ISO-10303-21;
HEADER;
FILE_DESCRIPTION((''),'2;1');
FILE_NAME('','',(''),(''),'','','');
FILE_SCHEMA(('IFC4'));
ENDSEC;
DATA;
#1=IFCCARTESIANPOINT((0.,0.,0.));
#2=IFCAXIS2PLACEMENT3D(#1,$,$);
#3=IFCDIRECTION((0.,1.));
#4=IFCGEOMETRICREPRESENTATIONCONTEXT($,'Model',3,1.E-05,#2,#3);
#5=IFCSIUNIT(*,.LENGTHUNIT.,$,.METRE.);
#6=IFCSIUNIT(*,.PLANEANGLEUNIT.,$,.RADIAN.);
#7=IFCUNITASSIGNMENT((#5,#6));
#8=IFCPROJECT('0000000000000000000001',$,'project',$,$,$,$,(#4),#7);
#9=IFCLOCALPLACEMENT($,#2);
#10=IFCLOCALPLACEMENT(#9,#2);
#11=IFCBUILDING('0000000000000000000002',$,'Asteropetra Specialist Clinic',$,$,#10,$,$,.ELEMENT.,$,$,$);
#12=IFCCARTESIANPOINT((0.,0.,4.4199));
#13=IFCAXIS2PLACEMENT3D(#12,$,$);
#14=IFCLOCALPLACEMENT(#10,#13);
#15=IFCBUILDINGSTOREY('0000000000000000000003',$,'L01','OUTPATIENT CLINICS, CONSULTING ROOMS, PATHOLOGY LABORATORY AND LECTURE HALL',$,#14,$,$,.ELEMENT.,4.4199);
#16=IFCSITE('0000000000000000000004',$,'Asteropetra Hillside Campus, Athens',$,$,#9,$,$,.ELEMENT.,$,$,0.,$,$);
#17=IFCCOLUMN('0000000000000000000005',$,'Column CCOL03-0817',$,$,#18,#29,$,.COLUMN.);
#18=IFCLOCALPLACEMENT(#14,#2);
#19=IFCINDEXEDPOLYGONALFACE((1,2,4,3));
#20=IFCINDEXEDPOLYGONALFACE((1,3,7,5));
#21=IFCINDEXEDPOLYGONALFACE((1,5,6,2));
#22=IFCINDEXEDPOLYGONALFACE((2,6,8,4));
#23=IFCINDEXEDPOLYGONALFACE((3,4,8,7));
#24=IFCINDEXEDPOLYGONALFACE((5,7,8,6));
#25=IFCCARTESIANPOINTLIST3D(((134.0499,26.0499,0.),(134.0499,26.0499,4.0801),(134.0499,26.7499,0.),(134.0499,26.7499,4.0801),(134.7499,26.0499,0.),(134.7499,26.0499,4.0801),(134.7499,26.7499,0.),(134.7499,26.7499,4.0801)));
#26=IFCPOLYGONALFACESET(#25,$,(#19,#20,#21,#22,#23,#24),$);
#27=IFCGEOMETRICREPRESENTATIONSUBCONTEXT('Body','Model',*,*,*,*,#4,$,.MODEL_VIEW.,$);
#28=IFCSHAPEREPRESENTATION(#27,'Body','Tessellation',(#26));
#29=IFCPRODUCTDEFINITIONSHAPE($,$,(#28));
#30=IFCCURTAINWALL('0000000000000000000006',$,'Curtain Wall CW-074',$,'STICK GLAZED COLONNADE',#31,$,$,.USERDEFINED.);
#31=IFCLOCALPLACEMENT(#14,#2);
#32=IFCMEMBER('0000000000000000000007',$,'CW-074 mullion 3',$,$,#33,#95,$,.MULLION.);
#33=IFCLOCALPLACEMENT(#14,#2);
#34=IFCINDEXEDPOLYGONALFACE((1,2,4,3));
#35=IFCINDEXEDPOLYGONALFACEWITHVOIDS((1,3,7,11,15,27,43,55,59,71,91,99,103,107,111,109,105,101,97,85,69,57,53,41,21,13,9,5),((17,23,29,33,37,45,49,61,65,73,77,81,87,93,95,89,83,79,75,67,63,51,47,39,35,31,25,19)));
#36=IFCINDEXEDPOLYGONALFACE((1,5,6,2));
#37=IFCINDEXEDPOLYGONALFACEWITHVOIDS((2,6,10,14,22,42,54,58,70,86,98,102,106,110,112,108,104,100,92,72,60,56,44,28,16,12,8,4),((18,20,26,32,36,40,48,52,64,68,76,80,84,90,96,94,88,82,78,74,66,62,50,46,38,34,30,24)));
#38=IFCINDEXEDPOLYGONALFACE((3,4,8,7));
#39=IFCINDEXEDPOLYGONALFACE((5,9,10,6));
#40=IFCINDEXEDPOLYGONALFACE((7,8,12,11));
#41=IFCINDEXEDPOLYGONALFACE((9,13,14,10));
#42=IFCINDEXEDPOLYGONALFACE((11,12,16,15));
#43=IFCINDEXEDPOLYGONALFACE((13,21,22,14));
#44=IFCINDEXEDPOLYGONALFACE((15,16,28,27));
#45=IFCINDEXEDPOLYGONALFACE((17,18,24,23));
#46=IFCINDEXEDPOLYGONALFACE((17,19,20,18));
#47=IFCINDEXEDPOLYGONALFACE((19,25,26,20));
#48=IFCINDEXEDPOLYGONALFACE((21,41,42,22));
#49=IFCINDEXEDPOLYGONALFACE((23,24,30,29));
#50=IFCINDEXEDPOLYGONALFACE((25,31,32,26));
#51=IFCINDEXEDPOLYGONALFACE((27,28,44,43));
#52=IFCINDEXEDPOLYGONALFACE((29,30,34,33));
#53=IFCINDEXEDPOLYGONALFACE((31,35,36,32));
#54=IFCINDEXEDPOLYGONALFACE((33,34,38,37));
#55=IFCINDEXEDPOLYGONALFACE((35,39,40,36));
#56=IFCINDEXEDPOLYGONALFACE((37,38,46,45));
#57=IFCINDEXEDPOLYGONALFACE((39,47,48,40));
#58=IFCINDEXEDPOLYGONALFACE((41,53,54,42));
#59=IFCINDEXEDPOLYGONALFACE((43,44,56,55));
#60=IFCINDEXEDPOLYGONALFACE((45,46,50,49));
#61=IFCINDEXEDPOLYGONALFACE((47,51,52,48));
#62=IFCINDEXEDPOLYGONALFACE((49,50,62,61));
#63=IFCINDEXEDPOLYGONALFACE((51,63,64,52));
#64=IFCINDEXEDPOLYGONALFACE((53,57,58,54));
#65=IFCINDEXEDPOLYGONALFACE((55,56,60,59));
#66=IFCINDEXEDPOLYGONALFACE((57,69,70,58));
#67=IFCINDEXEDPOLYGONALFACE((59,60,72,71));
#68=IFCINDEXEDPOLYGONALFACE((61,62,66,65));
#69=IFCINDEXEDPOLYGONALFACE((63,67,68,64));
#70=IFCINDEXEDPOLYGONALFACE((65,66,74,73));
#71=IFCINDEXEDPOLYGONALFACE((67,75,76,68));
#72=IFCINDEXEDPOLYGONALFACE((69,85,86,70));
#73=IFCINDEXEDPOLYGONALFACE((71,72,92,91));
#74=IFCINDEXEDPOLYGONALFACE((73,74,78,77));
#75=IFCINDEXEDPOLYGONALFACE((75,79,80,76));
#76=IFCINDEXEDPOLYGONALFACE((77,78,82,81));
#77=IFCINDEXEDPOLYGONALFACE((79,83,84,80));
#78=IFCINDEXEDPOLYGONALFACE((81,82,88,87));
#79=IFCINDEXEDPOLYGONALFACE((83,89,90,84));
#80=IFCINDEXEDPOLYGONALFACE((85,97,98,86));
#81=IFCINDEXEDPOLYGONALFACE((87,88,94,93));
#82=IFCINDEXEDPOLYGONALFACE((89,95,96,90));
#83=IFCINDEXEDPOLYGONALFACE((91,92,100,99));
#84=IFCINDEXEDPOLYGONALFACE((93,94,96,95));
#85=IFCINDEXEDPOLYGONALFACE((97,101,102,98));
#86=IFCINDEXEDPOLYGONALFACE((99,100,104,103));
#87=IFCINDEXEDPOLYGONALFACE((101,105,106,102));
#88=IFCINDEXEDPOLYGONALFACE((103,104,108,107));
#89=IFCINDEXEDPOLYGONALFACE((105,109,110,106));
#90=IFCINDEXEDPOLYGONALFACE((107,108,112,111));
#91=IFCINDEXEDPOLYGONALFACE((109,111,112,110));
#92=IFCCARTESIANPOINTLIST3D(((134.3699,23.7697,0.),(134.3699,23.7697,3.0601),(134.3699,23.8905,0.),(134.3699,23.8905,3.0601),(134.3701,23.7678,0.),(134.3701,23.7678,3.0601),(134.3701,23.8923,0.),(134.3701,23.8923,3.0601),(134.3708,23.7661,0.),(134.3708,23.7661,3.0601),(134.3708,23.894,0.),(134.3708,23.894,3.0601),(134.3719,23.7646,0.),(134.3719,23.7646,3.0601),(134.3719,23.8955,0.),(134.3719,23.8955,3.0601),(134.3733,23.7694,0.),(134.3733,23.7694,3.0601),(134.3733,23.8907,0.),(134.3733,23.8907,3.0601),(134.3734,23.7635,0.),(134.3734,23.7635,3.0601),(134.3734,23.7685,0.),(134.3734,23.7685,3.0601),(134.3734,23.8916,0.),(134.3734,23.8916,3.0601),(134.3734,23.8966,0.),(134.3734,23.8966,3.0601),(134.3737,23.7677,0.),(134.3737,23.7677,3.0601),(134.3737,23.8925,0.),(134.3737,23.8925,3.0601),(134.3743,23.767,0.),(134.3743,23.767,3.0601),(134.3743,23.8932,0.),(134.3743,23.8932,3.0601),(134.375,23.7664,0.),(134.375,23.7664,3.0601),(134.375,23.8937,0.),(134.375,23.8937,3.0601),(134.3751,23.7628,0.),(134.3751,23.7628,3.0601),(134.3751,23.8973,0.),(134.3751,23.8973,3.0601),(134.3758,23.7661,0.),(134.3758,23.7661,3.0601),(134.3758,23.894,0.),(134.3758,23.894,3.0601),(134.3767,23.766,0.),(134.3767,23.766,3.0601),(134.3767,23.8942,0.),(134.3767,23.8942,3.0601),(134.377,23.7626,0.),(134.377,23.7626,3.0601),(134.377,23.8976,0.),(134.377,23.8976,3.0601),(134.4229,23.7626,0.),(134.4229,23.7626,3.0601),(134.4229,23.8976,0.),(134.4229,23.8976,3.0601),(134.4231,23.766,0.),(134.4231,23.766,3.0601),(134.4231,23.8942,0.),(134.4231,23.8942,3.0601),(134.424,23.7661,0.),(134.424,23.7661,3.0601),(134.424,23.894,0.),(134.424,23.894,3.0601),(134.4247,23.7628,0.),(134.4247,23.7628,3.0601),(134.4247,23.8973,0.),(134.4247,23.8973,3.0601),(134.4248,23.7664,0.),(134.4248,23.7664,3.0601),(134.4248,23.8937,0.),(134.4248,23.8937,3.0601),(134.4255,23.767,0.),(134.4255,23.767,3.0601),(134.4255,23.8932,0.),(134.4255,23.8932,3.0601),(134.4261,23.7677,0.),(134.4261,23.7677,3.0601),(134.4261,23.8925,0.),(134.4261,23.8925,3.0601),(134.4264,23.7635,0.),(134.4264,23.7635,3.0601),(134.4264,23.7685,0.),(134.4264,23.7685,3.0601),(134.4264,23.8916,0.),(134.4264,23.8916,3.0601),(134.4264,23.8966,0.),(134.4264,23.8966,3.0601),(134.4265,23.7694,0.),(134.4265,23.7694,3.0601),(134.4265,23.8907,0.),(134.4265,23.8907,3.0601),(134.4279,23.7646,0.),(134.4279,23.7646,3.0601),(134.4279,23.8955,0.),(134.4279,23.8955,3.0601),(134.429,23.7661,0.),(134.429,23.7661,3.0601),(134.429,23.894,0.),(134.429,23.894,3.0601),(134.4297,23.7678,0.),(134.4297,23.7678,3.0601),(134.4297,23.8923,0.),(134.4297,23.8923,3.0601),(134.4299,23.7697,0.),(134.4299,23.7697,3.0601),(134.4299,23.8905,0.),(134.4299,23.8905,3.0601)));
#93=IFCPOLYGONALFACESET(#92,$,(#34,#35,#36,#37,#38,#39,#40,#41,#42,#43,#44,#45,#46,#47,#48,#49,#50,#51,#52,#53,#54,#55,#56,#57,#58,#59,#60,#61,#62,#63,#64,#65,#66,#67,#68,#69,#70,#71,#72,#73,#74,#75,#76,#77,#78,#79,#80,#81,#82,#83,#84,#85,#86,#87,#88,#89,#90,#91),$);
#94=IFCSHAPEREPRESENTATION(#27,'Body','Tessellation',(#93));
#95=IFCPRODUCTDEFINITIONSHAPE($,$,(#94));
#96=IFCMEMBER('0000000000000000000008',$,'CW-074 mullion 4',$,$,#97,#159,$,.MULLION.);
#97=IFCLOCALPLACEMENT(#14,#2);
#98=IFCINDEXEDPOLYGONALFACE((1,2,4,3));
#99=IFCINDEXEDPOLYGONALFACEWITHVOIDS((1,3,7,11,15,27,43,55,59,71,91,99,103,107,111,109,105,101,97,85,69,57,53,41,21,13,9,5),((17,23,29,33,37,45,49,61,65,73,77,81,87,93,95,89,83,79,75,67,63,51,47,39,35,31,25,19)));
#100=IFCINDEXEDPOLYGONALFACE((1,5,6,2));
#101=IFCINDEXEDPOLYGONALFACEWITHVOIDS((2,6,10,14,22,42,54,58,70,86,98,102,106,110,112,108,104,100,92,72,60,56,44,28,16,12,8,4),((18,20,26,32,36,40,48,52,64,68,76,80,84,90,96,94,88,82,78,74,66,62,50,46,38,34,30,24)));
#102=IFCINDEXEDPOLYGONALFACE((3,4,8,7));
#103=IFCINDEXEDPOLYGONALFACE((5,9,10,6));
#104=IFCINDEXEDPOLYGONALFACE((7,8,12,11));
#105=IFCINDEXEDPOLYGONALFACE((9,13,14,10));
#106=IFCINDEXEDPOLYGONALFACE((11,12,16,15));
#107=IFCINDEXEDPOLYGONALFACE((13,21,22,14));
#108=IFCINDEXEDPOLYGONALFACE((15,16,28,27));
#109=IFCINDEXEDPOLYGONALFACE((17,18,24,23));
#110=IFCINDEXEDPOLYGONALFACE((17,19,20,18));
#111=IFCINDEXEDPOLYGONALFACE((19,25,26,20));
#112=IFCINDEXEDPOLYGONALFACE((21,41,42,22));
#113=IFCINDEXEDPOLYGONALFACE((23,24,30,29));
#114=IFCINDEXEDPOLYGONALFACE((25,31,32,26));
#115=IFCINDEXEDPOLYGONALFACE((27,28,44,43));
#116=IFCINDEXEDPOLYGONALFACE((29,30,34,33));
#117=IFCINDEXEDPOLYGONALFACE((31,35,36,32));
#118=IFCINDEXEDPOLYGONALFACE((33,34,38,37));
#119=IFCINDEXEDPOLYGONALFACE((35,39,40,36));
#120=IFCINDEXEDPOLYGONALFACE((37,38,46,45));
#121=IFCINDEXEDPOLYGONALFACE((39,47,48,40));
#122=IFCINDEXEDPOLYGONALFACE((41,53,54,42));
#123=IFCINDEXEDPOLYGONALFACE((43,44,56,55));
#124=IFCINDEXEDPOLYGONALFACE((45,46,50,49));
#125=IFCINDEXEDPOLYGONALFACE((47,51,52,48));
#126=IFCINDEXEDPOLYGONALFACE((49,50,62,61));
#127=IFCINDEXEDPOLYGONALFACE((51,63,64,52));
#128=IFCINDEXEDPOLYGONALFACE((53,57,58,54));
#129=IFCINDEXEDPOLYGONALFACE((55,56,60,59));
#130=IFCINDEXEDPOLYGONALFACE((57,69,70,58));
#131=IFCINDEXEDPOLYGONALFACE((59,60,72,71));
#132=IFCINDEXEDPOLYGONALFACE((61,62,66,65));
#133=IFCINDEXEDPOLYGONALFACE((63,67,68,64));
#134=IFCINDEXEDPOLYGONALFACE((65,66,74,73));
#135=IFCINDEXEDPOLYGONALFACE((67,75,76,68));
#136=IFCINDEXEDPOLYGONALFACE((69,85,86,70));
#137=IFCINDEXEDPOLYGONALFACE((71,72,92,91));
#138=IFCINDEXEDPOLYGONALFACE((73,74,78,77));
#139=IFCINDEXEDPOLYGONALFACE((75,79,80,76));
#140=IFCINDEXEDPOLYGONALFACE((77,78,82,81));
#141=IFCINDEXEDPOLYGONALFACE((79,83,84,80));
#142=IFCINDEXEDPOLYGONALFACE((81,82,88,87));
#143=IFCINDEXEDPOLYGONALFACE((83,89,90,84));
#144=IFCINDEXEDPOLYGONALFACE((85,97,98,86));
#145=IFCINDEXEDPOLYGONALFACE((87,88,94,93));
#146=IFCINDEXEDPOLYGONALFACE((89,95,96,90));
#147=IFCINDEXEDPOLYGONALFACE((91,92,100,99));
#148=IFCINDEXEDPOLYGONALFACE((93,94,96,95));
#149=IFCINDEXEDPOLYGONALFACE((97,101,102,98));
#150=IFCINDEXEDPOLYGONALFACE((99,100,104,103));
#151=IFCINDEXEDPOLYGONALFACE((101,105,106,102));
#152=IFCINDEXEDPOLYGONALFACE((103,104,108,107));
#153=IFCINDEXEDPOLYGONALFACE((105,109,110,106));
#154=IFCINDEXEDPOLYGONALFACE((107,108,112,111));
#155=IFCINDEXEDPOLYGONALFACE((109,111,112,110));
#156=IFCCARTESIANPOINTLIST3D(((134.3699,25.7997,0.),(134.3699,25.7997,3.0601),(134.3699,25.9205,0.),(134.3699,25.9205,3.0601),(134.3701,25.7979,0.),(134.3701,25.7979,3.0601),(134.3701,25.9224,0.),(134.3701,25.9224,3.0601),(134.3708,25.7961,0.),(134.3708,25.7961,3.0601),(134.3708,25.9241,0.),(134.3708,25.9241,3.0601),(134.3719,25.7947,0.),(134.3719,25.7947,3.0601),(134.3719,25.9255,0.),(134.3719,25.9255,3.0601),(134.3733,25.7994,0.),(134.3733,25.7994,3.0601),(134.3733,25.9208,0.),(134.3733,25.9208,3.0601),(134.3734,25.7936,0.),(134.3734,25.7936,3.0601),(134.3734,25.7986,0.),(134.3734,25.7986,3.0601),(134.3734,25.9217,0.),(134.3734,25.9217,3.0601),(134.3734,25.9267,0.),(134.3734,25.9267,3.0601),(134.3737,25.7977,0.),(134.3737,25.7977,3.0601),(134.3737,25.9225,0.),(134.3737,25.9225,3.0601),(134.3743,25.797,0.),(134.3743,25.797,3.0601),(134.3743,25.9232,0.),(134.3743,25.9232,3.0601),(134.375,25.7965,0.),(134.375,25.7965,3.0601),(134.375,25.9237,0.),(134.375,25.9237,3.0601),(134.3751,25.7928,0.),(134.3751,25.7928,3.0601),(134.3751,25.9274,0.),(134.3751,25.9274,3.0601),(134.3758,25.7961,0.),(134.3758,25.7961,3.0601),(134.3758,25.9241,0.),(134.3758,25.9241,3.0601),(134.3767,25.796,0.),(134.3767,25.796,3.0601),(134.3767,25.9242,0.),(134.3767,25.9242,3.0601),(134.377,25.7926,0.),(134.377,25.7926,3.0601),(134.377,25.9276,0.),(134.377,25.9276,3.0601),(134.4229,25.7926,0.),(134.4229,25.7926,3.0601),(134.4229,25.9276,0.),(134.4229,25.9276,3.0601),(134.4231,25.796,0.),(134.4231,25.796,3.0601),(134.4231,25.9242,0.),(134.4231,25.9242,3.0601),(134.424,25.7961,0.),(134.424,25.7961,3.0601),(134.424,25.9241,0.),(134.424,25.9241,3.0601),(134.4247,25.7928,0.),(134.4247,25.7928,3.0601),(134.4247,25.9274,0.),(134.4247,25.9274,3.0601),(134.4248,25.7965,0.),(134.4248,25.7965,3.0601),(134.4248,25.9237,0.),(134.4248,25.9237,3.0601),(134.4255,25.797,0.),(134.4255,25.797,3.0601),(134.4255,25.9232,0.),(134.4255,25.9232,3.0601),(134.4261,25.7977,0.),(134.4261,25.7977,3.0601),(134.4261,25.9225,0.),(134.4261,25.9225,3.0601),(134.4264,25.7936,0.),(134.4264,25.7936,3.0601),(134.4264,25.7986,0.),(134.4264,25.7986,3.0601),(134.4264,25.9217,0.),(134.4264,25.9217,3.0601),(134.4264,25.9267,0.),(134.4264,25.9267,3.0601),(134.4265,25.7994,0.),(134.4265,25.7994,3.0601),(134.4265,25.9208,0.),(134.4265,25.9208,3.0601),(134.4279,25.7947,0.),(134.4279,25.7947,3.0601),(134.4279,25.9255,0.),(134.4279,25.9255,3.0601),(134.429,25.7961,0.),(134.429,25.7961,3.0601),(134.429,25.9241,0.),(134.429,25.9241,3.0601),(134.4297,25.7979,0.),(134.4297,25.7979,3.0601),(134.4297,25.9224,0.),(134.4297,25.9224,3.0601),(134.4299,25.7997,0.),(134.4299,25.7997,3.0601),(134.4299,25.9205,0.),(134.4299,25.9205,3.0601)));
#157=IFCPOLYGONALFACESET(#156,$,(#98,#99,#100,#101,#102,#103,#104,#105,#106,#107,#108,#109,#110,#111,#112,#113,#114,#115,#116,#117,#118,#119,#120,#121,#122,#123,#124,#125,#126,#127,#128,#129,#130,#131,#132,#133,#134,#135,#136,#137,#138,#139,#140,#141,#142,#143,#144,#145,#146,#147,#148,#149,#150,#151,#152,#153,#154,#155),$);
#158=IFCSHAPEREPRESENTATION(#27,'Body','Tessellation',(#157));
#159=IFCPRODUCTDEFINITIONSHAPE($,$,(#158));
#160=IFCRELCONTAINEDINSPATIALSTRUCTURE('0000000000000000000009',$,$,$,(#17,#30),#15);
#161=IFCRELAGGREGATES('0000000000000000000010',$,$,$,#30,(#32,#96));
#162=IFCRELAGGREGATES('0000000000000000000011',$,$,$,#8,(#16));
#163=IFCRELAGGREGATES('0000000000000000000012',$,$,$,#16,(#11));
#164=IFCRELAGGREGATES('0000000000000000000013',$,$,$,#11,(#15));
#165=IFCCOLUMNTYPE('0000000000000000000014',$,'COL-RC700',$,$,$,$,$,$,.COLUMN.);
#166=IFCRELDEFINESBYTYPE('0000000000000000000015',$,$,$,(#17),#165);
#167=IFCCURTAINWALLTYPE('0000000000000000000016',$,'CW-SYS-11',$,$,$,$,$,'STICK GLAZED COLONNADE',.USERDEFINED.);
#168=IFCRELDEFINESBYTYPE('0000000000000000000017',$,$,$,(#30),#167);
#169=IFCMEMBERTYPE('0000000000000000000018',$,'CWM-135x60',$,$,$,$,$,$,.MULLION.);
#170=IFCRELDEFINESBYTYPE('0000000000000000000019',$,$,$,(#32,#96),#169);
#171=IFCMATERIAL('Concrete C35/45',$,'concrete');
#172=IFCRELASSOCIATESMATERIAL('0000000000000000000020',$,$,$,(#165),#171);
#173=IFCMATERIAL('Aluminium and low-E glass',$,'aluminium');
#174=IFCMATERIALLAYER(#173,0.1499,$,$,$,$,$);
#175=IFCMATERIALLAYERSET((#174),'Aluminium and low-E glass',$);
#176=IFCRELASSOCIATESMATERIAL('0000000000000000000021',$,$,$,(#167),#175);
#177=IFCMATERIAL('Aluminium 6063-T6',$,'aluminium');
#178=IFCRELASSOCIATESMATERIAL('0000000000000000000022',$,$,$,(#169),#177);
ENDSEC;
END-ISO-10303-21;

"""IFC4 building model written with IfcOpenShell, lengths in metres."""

from ifc_helpers import new_model, si_unit, direction, frame, origin, origin_2d, place, context, subcontext, project, spatial, rectangle, hollow_rectangle, extrude, material, layer, layer_set, material_profile, profile_set, type_object, element, aggregate, save


model = new_model("IFC4")

# Units and contexts
model_context = context("Model", 3, precision=1e-05, world=origin(), true_north=direction((0.0, 1.0)))
body_context = subcontext(model_context, "Body", "Model", "MODEL_VIEW")
ifc_project = project(units=[si_unit("LENGTHUNIT", "METRE"), si_unit("PLANEANGLEUNIT", "RADIAN")], contexts=[model_context])

# Site, building, storey
site_placement = place(None, origin())
site = spatial("IfcSite", under=ifc_project, at=site_placement, Name="Asteropetra Hillside Campus, Athens", CompositionType="ELEMENT", RefElevation=0.0)
building_placement = place(site_placement, origin())
building = spatial("IfcBuilding", under=site, at=building_placement, Name="Asteropetra Specialist Clinic", CompositionType="ELEMENT")
storey_placement = place(building_placement, frame((0.0, 0.0, 4.4199)))
storey = spatial("IfcBuildingStorey", under=building, at=storey_placement, Name="L01", Description="OUTPATIENT CLINICS, CONSULTING ROOMS, PATHOLOGY LABORATORY AND LECTURE HALL", CompositionType="ELEMENT", Elevation=4.4199)

# Column
ifc_material_1 = material(Name="Concrete C35/45", Category="concrete")
ifc_material_profile_1 = material_profile(ifc_material_1, rectangle(XDim=0.7, YDim=0.7, at=origin_2d()), Name="RC 700x700")
ifc_profile_set_1 = profile_set([ifc_material_profile_1], Name="Concrete C35/45")
column_type = type_object("IfcColumnType", Name="COL-RC700", PredefinedType="COLUMN", material=ifc_profile_set_1)
column_placement = place(storey_placement, frame((134.3999, 26.3999, 0.0), z_axis=(0.0, 0.0, 1.0), x_axis=(1.0, 0.0, 0.0)))
element("IfcColumn", 1, at=column_placement, inside=storey, type_object=column_type, Name="Column CCOL03-0817", PredefinedType="COLUMN", context=body_context, shape_type="SweptSolid", body=[
    extrude(rectangle(XDim=0.7, YDim=0.7, at=origin_2d()), origin(), (0.0, 0.0, 1.0), 4.0801),
])

# Curtain wall, members
ifc_material_2 = material(Name="Aluminium and low-E glass", Category="aluminium")
ifc_layer_1 = layer(ifc_material_2, 0.1499)
ifc_layer_set_1 = layer_set([ifc_layer_1], Name="Aluminium and low-E glass")
curtain_wall_type_1 = type_object("IfcCurtainWallType", Name="CW-SYS-11", ElementType="STICK GLAZED COLONNADE", PredefinedType="USERDEFINED", material=ifc_layer_set_1)
curtain_wall_1_placement = place(storey_placement, origin())
curtain_wall_1 = element("IfcCurtainWall", 2, at=curtain_wall_1_placement, inside=storey, type_object=curtain_wall_type_1, Name="Curtain Wall CW-074", ObjectType="STICK GLAZED COLONNADE", PredefinedType="USERDEFINED")
ifc_material_3 = material(Name="Aluminium 6063-T6", Category="aluminium")
ifc_material_profile_2 = material_profile(ifc_material_3, hollow_rectangle(XDim=0.0601, YDim=0.135, WallThickness=0.0034, InnerFilletRadius=0.0034, OuterFilletRadius=0.0071, at=origin_2d()), Name="MUL 135x60x3.5")
ifc_profile_set_2 = profile_set([ifc_material_profile_2], Name="Aluminium 6063-T6")
member_type_1 = type_object("IfcMemberType", Name="CWM-135x60", PredefinedType="MULLION", material=ifc_profile_set_2)
member_1_placement = place(storey_placement, frame((134.3999, 23.8301, 0.0), z_axis=(0.0, 0.0, 1.0), x_axis=(-1.0, 0.0, 0.0)))
member_1 = element("IfcMember", 3, at=member_1_placement, type_object=member_type_1, Name="CW-074 mullion 3", PredefinedType="MULLION", context=body_context, shape_type="SweptSolid", body=[
    extrude(hollow_rectangle(XDim=0.0601, YDim=0.135, WallThickness=0.0034, InnerFilletRadius=0.0034, OuterFilletRadius=0.0071, at=origin_2d()), origin(), (0.0, 0.0, 1.0), 3.0601),
])
member_2_placement = place(storey_placement, frame((134.3999, 25.8601, 0.0), z_axis=(0.0, 0.0, 1.0), x_axis=(-1.0, 0.0, 0.0)))
member_2 = element("IfcMember", 4, at=member_2_placement, type_object=member_type_1, Name="CW-074 mullion 4", PredefinedType="MULLION", context=body_context, shape_type="SweptSolid", body=[
    extrude(hollow_rectangle(XDim=0.0601, YDim=0.135, WallThickness=0.0034, InnerFilletRadius=0.0034, OuterFilletRadius=0.0071, at=origin_2d()), origin(), (0.0, 0.0, 1.0), 3.0601),
])

aggregate(curtain_wall_1, [member_1, member_2])

save(model, "model.ifc")
